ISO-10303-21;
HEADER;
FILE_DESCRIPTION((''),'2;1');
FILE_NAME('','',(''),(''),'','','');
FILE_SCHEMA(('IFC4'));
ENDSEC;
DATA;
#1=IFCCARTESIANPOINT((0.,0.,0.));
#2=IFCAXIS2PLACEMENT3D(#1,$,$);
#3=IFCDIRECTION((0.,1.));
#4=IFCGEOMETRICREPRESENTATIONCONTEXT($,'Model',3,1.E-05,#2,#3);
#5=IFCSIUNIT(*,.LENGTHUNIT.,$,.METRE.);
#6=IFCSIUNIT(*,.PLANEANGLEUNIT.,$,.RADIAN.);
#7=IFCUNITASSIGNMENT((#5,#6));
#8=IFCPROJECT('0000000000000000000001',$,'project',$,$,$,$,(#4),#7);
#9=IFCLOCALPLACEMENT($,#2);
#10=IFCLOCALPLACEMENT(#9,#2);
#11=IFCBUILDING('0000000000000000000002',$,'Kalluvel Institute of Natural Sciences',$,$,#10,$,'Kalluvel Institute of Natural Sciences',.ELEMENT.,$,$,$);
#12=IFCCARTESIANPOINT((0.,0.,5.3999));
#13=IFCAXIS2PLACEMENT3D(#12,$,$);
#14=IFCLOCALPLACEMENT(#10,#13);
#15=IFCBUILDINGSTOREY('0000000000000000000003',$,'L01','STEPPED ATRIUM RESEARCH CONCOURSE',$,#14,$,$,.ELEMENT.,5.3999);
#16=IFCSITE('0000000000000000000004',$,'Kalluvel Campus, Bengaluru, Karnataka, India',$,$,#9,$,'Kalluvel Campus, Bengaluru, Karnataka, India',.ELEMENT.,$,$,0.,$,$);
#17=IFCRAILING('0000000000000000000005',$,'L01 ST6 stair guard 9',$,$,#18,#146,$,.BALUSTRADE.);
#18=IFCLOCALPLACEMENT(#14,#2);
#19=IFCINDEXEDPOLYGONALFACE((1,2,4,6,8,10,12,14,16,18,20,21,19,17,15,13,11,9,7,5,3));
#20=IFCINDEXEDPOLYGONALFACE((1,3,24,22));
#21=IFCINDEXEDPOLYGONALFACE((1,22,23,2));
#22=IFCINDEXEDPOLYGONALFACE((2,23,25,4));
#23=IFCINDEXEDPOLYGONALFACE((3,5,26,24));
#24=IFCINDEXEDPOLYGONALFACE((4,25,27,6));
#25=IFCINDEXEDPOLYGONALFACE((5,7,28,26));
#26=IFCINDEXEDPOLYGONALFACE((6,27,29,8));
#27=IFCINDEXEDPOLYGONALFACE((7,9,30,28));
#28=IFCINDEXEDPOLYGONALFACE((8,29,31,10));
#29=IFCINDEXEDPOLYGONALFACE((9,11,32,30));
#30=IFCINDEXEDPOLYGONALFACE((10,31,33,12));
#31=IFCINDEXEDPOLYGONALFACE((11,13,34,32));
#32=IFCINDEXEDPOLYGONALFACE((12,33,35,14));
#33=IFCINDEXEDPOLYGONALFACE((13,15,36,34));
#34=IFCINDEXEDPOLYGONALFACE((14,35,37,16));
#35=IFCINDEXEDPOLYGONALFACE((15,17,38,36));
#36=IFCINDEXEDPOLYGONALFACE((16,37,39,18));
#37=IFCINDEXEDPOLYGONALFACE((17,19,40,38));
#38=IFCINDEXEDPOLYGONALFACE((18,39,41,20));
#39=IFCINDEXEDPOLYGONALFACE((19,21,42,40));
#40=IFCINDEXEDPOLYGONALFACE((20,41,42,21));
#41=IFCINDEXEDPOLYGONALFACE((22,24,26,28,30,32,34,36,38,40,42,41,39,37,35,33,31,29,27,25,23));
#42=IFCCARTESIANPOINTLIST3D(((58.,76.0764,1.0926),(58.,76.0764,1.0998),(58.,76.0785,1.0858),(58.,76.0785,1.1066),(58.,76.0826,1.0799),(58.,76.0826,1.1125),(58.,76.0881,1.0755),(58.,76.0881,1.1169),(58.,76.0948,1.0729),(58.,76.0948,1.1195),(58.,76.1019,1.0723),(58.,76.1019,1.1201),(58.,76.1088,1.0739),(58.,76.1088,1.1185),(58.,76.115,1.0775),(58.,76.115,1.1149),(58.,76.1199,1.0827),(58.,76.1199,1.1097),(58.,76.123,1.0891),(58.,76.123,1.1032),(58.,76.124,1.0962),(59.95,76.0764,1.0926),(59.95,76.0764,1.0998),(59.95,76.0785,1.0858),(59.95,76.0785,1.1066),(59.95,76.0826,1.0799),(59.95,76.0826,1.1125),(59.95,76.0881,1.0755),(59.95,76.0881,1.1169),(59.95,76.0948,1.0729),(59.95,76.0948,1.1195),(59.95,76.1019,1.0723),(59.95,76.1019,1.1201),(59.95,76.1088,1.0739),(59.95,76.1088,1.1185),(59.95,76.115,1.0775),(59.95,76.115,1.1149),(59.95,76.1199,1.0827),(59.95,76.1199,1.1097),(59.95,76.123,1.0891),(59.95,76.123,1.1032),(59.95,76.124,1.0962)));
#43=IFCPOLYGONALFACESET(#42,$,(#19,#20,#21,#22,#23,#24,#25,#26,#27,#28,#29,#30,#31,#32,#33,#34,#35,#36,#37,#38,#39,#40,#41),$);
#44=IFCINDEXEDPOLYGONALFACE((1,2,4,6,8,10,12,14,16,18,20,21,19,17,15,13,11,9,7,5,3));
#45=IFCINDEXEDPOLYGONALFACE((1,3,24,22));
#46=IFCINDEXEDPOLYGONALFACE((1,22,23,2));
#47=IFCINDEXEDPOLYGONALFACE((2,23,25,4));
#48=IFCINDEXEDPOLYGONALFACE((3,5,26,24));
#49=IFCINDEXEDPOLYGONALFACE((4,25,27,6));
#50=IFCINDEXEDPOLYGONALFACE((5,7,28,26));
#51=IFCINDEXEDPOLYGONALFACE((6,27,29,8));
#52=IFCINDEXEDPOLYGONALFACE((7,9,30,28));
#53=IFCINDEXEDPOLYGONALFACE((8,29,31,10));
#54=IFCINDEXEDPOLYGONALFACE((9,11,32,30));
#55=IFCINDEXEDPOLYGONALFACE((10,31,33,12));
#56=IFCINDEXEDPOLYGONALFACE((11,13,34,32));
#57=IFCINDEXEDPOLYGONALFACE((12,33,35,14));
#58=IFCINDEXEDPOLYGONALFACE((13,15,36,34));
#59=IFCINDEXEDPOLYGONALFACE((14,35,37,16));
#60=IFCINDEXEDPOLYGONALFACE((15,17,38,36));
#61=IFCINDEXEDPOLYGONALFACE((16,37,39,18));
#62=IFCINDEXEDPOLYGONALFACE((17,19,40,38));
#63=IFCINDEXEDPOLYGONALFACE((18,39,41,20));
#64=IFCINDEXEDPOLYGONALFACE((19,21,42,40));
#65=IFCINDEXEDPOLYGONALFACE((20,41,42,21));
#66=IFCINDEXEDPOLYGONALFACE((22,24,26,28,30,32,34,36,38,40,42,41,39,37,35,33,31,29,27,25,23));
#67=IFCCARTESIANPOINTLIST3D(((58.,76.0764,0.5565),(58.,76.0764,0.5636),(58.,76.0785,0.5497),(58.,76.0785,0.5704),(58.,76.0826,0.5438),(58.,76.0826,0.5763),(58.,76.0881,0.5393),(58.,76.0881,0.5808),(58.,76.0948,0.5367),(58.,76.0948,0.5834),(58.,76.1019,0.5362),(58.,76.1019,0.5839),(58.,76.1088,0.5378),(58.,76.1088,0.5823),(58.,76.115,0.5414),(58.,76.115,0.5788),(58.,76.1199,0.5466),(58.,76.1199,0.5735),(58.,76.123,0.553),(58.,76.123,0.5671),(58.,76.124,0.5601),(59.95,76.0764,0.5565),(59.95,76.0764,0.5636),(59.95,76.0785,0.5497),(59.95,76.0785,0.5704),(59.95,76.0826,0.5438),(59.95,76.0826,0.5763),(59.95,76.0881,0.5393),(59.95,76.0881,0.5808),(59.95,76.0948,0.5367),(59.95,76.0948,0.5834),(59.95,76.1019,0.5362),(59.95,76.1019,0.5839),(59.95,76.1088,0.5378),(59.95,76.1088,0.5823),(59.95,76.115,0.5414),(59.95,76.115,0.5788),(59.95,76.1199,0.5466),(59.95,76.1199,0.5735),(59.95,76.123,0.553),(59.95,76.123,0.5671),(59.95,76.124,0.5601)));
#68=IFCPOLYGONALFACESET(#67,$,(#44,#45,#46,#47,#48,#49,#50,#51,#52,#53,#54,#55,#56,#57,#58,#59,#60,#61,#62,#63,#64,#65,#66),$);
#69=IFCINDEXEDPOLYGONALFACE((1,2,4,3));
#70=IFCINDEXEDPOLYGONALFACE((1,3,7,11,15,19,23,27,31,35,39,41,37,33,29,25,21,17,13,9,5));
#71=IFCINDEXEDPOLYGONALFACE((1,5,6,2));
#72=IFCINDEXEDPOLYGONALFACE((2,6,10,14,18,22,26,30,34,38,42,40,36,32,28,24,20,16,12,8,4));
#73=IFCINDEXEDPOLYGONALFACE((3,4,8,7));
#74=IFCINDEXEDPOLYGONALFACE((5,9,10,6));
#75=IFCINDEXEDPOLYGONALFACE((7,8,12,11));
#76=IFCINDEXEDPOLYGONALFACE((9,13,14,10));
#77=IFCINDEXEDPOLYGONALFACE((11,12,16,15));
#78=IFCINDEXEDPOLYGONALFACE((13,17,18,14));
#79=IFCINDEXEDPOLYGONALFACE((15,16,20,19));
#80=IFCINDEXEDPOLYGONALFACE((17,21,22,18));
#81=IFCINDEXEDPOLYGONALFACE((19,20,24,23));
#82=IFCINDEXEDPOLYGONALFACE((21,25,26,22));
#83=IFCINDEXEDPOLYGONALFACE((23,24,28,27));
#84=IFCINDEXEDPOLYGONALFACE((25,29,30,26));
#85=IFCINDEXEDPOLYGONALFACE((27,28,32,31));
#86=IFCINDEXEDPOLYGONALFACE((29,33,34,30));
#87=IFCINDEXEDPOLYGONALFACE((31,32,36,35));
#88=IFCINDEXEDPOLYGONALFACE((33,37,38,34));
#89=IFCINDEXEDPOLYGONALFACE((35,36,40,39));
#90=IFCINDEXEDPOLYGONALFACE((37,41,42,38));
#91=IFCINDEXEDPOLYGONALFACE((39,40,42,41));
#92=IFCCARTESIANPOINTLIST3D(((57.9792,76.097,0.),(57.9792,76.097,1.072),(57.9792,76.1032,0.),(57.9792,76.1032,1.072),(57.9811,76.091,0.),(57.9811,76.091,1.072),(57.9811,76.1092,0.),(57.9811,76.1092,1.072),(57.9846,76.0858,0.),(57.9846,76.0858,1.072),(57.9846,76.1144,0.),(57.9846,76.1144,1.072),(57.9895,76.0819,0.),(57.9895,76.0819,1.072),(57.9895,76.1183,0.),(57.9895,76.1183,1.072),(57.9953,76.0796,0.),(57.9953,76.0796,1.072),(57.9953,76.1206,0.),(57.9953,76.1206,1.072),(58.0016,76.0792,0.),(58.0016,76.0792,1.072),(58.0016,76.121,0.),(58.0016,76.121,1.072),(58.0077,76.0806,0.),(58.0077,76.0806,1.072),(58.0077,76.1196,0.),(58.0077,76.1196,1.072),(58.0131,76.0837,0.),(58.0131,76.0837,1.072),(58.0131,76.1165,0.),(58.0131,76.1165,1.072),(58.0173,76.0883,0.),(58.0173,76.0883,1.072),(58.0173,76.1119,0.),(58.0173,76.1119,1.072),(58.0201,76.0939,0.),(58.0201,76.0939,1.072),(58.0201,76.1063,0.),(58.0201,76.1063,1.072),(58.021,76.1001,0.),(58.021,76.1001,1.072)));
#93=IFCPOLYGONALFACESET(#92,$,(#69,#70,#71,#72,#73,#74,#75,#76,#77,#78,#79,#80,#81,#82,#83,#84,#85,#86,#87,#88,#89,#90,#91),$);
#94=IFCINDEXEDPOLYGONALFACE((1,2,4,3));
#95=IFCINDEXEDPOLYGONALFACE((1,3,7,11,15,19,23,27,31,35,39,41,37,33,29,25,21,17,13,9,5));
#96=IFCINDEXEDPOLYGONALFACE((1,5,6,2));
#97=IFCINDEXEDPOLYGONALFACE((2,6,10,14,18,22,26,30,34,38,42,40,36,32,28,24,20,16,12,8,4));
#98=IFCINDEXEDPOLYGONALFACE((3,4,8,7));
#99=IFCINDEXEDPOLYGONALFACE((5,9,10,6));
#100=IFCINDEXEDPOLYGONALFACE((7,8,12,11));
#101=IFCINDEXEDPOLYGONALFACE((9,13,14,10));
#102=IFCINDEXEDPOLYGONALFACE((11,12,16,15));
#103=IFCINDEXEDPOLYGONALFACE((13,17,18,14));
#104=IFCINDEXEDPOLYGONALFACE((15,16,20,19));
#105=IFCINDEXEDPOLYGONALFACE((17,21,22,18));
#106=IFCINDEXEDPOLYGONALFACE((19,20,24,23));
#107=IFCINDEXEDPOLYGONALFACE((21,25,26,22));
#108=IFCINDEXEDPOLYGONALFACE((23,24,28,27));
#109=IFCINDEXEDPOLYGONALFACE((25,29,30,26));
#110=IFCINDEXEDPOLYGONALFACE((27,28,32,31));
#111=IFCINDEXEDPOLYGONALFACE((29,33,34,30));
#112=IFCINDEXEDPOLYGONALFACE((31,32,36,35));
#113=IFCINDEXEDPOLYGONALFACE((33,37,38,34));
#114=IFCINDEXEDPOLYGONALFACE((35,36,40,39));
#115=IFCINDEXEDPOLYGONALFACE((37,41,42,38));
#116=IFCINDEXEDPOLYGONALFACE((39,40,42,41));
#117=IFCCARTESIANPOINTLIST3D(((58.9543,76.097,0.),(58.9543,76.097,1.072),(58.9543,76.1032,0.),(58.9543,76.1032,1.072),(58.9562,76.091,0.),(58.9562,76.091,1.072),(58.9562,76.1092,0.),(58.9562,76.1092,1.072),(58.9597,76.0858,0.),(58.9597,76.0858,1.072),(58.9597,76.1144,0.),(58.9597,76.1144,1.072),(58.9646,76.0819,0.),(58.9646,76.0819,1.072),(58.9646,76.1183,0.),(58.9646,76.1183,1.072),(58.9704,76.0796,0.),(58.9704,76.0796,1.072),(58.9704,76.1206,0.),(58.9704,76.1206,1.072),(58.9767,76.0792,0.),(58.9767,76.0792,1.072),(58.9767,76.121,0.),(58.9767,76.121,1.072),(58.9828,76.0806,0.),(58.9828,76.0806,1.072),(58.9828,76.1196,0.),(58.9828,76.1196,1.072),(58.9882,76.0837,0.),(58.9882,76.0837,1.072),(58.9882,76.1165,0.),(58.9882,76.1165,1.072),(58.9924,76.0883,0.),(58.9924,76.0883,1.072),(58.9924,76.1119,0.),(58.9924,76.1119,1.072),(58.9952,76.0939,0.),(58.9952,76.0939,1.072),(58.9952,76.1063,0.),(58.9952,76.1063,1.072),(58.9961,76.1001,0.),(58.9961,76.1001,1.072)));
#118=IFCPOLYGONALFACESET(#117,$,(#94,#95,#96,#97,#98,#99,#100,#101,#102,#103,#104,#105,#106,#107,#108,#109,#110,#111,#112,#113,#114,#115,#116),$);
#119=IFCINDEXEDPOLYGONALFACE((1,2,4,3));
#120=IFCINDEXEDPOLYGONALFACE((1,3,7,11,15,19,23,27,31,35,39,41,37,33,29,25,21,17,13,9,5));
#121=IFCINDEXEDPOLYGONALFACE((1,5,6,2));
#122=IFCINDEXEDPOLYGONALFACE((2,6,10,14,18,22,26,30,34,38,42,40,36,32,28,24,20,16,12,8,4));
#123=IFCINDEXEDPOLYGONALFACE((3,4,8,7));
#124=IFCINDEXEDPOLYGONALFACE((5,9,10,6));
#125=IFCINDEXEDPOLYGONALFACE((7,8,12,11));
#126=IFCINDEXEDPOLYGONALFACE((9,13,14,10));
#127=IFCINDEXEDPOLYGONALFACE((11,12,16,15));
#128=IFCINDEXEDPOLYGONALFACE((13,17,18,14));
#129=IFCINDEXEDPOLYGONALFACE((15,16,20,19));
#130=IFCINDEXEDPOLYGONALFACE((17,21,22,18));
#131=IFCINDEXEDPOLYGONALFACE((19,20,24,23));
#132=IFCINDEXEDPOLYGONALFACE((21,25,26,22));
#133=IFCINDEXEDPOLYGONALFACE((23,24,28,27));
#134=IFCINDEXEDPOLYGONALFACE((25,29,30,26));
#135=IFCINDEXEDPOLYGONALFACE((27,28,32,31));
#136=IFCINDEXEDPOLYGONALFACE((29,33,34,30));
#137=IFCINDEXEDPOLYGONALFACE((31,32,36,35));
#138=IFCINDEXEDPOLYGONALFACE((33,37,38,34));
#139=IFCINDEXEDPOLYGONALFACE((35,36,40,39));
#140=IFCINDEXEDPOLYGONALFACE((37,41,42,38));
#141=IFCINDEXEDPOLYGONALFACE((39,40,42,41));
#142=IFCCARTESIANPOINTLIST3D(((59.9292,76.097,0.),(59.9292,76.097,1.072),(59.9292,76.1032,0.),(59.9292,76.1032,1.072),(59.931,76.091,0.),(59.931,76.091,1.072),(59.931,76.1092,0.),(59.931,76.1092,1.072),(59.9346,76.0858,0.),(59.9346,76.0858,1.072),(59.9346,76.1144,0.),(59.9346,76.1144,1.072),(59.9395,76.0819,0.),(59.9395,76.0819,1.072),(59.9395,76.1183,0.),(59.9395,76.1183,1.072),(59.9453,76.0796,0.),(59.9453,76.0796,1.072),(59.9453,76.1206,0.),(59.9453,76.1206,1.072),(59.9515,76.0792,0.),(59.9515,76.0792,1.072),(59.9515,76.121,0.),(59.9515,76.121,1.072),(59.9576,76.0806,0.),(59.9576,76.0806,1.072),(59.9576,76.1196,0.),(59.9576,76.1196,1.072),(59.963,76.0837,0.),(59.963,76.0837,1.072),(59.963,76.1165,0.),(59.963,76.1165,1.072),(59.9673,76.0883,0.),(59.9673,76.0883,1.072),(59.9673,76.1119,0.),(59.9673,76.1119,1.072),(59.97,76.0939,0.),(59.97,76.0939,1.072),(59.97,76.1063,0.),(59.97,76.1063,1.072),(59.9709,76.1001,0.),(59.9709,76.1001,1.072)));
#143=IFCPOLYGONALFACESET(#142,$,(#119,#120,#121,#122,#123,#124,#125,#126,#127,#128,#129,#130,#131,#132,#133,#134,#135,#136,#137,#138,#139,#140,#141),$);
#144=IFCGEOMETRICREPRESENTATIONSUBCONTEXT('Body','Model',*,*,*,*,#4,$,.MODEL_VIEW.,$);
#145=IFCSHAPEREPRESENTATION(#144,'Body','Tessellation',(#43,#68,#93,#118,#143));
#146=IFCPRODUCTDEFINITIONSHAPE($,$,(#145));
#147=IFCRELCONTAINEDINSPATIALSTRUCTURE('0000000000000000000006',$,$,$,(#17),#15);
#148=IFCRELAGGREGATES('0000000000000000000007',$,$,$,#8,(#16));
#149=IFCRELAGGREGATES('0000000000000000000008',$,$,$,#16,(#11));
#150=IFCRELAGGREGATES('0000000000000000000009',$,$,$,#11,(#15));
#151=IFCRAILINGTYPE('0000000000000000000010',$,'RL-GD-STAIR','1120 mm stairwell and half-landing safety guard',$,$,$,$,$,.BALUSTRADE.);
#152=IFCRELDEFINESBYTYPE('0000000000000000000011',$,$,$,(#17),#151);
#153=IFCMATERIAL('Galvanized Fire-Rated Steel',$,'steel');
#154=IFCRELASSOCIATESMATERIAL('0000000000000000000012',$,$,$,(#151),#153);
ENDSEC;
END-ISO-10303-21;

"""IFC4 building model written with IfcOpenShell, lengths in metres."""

from ifc_helpers import new_model, si_unit, direction, frame, origin, origin_2d, place, context, subcontext, project, spatial, circle, extrude, material, type_object, element, save


model = new_model("IFC4")

# Units and contexts
model_context = context("Model", 3, precision=1e-05, world=origin(), true_north=direction((0.0, 1.0)))
body_context = subcontext(model_context, "Body", "Model", "MODEL_VIEW")
ifc_project = project(units=[si_unit("LENGTHUNIT", "METRE"), si_unit("PLANEANGLEUNIT", "RADIAN")], contexts=[model_context])

# Site, building, storey
site_placement = place(None, origin())
site = spatial("IfcSite", under=ifc_project, at=site_placement, Name="Kalluvel Campus, Bengaluru, Karnataka, India", LongName="Kalluvel Campus, Bengaluru, Karnataka, India", CompositionType="ELEMENT", RefElevation=0.0)
building_placement = place(site_placement, origin())
building = spatial("IfcBuilding", under=site, at=building_placement, Name="Kalluvel Institute of Natural Sciences", LongName="Kalluvel Institute of Natural Sciences", CompositionType="ELEMENT")
storey_placement = place(building_placement, frame((0.0, 0.0, 5.3999)))
storey = spatial("IfcBuildingStorey", under=building, at=storey_placement, Name="L01", Description="STEPPED ATRIUM RESEARCH CONCOURSE", CompositionType="ELEMENT", Elevation=5.3999)

# Railing
ifc_material_1 = material(Name="Galvanized Fire-Rated Steel", Category="steel")
railing_type_1 = type_object("IfcRailingType", Name="RL-GD-STAIR", Description="1120 mm stairwell and half-landing safety guard", PredefinedType="BALUSTRADE", material=ifc_material_1)
for number, where, name in (
    (1, (58.0, 76.1001, 0.0), "L01 ST6 stair guard 9"),
):
    element("IfcRailing", number, at=place(storey_placement, frame(where)), inside=storey, type_object=railing_type_1, Name=name, PredefinedType="BALUSTRADE", context=body_context, shape_type="SweptSolid", body=[
        extrude(circle(Radius=0.0239, at=origin_2d()), frame((0.0, 0.0, 1.0962), z_axis=(1.0, 0.0, 0.0), x_axis=(0.0, 1.0, 0.0)), (0.0, 0.0, 1.0), 1.95),
        extrude(circle(Radius=0.0239, at=origin_2d()), frame((0.0, 0.0, 0.5601), z_axis=(1.0, 0.0, 0.0), x_axis=(0.0, 1.0, 0.0)), (0.0, 0.0, 1.0), 1.95),
        extrude(circle(Radius=0.021, at=origin_2d()), origin(), (0.0, 0.0, 1.0), 1.072),
        extrude(circle(Radius=0.021, at=origin_2d()), frame((0.9751, 0.0, 0.0)), (0.0, 0.0, 1.0), 1.072),
        extrude(circle(Radius=0.021, at=origin_2d()), frame((1.95, 0.0, 0.0)), (0.0, 0.0, 1.0), 1.072),
    ])

save(model, "model.ifc")
